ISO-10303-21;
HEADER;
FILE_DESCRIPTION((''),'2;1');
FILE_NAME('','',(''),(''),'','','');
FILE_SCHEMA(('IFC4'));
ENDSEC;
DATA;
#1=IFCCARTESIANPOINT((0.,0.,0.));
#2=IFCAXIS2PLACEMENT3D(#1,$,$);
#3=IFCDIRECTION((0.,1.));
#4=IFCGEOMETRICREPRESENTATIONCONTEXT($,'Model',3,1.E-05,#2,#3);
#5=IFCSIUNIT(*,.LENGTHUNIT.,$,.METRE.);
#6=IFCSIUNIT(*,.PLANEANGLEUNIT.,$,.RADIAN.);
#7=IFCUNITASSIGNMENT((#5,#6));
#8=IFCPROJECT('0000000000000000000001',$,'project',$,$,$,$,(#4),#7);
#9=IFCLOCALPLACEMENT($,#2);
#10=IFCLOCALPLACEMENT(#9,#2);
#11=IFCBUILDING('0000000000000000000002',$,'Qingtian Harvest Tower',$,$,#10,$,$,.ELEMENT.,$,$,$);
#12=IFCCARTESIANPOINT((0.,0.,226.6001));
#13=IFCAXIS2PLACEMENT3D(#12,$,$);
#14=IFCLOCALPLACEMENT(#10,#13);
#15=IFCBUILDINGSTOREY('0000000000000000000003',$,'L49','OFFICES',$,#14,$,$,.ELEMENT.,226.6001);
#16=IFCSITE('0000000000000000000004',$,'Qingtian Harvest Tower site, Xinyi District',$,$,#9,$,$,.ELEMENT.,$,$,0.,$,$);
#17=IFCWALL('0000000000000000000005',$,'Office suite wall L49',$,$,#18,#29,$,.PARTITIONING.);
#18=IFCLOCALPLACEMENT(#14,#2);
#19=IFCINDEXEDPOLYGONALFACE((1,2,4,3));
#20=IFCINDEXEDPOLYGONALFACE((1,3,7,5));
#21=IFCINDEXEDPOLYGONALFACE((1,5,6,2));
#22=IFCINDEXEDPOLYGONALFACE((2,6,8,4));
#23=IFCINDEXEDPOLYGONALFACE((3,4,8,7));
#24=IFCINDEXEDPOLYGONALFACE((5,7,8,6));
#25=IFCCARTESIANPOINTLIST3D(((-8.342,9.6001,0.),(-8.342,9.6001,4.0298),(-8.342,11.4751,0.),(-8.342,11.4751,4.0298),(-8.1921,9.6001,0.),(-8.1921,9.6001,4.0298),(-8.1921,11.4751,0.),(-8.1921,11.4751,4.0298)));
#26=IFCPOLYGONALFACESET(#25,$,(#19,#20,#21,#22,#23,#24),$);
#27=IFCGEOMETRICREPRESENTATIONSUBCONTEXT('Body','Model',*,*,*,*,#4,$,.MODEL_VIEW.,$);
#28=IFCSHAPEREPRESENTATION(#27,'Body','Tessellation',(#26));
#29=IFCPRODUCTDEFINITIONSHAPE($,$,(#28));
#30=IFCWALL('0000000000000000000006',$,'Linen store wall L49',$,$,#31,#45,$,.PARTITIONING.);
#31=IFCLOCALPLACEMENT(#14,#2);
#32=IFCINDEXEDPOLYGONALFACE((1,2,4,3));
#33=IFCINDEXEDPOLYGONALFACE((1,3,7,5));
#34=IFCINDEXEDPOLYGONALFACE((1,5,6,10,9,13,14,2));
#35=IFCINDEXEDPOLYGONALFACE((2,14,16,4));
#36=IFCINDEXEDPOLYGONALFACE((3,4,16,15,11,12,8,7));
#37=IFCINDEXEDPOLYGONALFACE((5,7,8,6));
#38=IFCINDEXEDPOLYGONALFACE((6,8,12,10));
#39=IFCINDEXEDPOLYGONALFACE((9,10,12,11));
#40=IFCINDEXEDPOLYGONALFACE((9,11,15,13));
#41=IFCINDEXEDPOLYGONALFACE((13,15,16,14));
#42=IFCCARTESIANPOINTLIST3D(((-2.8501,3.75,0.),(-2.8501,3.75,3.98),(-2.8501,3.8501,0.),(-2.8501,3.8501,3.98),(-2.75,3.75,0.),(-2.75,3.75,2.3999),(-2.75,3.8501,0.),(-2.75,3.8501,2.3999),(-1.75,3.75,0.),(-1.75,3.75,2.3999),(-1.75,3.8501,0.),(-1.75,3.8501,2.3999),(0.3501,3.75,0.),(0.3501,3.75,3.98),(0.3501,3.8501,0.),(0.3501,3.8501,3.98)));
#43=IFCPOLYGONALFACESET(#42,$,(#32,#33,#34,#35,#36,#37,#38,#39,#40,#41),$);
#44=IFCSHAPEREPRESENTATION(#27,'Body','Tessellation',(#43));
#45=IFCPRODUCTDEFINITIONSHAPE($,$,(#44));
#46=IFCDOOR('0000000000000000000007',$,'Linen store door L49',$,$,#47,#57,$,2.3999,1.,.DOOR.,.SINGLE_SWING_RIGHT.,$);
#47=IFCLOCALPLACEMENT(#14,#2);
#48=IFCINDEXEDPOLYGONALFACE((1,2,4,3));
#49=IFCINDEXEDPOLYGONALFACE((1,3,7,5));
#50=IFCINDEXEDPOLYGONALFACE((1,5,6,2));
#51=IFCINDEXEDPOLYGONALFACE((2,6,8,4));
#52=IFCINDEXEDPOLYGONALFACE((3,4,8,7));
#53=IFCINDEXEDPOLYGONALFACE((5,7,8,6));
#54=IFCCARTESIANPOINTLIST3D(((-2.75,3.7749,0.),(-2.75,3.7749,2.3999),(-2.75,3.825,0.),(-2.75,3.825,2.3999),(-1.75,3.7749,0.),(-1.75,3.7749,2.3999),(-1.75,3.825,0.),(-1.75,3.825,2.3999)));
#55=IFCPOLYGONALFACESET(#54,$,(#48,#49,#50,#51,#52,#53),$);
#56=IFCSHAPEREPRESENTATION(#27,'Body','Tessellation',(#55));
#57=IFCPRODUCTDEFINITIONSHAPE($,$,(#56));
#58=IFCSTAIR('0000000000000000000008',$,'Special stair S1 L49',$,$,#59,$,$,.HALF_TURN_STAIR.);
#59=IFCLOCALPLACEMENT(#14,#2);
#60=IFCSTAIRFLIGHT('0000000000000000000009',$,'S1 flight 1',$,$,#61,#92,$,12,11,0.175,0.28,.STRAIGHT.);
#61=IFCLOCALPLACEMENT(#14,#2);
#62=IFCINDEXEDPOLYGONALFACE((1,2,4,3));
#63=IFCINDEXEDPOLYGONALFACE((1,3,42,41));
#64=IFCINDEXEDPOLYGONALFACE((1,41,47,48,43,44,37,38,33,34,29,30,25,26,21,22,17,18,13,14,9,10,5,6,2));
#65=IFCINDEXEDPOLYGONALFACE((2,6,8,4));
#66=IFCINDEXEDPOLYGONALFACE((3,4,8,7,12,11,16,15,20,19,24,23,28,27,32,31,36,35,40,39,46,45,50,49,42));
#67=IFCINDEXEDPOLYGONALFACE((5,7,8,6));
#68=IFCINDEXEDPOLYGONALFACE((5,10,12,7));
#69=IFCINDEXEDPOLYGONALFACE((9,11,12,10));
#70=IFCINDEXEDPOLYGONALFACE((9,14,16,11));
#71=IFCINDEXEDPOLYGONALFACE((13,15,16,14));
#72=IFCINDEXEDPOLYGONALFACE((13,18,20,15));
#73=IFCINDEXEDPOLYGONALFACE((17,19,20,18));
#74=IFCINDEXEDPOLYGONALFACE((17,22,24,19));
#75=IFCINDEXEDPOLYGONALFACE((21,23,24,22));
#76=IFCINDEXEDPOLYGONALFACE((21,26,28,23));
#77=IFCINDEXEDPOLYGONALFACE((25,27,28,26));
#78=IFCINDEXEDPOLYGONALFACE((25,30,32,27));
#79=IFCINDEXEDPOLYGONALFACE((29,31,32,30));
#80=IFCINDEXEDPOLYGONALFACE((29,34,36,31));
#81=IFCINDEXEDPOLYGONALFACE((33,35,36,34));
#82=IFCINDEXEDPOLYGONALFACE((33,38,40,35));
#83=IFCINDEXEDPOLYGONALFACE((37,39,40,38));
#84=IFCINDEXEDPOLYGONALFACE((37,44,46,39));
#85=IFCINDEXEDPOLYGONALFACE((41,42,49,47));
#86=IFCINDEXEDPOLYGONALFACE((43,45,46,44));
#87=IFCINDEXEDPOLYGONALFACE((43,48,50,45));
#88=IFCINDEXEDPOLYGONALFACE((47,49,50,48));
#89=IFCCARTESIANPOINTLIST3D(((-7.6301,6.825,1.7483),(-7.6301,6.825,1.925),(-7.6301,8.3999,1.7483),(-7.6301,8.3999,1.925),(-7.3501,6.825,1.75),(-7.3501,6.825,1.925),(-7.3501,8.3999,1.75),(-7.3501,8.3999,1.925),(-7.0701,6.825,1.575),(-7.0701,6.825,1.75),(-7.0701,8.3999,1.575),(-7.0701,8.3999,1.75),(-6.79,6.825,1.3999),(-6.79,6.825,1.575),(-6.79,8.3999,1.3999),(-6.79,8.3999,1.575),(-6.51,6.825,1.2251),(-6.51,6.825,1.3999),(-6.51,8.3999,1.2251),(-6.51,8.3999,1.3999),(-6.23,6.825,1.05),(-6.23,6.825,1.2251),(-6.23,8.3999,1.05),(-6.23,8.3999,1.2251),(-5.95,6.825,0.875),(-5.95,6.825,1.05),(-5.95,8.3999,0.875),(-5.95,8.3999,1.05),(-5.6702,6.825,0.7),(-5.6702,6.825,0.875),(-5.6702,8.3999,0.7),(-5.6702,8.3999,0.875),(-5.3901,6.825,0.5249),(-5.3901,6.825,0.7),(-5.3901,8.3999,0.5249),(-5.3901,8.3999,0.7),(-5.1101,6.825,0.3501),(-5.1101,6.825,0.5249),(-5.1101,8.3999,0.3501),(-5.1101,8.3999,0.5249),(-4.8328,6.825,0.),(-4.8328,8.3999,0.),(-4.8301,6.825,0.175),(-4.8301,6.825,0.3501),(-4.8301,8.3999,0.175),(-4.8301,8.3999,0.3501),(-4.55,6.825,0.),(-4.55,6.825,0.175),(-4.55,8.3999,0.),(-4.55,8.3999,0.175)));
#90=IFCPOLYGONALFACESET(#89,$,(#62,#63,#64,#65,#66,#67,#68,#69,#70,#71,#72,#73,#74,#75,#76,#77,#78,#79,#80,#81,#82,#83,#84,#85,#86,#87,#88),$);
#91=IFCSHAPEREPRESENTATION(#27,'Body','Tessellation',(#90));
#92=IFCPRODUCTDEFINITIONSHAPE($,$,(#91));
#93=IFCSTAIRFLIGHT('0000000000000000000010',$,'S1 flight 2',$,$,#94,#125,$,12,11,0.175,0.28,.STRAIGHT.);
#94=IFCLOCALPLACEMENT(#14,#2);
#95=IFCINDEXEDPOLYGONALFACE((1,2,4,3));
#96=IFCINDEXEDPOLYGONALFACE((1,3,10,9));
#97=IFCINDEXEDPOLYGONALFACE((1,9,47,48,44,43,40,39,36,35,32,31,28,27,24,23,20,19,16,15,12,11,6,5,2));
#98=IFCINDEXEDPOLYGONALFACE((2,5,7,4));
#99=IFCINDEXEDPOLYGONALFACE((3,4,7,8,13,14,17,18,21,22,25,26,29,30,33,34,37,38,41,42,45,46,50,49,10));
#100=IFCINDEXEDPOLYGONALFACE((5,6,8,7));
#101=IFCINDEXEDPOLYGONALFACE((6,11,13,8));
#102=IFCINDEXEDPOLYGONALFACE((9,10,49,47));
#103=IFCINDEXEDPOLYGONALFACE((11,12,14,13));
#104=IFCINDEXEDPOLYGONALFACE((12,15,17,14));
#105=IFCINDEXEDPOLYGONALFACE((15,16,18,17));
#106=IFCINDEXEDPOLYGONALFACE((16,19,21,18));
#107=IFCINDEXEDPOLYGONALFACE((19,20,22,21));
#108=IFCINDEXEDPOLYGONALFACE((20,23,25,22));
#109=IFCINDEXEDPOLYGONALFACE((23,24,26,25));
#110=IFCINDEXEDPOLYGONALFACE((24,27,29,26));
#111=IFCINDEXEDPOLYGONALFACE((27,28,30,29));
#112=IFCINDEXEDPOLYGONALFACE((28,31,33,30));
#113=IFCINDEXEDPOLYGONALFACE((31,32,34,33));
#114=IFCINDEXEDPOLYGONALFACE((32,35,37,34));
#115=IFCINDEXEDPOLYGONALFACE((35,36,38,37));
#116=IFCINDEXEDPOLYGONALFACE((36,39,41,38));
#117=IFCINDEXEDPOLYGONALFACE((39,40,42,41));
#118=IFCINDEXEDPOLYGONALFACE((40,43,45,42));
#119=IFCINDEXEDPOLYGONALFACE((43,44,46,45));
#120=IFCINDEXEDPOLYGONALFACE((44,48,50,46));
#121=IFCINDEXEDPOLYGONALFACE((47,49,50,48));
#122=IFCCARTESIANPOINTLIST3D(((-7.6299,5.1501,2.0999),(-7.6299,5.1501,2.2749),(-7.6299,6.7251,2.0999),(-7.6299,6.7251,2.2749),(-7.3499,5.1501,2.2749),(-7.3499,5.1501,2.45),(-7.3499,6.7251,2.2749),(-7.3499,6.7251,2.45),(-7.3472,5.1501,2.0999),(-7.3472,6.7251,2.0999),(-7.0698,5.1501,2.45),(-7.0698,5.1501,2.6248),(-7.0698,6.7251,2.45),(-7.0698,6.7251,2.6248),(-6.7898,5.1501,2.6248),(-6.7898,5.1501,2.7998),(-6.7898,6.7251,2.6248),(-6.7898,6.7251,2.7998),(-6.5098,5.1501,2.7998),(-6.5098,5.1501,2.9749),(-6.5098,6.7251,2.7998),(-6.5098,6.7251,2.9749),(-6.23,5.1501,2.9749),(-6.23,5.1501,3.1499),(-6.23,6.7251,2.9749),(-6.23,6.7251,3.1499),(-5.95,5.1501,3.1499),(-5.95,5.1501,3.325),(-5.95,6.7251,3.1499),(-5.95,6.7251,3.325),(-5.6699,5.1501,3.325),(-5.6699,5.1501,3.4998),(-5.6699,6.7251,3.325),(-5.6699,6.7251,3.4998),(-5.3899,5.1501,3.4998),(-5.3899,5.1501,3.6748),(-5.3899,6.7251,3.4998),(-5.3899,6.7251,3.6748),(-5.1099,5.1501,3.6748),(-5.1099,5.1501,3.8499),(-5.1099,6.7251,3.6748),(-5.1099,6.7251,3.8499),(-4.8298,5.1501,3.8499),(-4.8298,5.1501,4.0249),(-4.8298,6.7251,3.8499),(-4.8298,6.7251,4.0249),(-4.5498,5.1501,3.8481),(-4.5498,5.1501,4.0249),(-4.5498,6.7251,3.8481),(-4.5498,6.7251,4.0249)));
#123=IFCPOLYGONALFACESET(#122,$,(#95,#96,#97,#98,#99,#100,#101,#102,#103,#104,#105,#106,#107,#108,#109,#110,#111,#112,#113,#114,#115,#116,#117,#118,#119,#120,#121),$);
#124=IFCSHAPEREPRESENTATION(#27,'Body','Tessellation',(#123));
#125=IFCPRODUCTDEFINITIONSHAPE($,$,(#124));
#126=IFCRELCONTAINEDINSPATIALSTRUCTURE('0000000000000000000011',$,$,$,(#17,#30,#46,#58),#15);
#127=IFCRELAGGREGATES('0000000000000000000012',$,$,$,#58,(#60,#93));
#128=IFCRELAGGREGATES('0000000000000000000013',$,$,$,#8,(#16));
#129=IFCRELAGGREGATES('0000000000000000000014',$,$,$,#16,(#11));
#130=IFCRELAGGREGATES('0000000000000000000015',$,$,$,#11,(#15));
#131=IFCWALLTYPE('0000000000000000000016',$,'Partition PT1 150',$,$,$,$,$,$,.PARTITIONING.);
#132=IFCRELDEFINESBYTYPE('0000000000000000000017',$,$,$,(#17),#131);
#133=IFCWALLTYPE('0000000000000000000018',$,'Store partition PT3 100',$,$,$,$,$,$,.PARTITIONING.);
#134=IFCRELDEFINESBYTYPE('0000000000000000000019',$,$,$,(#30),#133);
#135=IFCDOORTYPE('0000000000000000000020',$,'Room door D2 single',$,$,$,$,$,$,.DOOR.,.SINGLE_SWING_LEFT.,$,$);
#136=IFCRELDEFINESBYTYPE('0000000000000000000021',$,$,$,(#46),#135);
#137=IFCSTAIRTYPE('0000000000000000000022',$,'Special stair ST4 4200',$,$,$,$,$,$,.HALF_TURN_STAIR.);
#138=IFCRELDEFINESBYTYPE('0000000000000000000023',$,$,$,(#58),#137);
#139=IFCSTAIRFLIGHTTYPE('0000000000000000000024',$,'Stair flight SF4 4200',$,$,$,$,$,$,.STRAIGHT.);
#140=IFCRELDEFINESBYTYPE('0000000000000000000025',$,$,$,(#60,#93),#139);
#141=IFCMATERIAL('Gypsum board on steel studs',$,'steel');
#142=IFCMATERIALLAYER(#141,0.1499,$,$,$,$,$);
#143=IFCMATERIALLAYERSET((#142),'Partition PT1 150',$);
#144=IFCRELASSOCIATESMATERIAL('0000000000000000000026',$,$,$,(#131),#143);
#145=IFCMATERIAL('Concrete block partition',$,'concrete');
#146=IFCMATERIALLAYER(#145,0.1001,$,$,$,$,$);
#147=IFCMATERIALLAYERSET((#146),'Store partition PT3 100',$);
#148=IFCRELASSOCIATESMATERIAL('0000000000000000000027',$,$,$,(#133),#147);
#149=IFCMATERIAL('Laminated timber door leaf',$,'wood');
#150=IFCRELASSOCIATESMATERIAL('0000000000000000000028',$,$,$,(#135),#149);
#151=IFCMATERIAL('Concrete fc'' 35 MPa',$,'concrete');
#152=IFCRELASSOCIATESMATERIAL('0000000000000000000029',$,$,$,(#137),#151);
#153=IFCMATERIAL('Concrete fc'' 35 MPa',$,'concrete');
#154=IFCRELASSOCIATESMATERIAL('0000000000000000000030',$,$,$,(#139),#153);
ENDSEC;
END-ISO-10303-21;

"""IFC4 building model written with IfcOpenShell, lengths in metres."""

from ifc_helpers import new_model, si_unit, direction, frame, frame_2d, origin, place, context, subcontext, project, spatial, polyline, rectangle, outline, extrude, material, layer, layer_set, type_object, element, fill, aggregate, save


model = new_model("IFC4")

# Units and contexts
model_context = context("Model", 3, precision=1e-05, world=origin(), true_north=direction((0.0, 1.0)))
body_context = subcontext(model_context, "Body", "Model", "MODEL_VIEW")
ifc_project = project(units=[si_unit("LENGTHUNIT", "METRE"), si_unit("PLANEANGLEUNIT", "RADIAN")], contexts=[model_context])

# Site, building, storey
site_placement = place(None, origin())
site = spatial("IfcSite", under=ifc_project, at=site_placement, Name="Qingtian Harvest Tower site, Xinyi District", CompositionType="ELEMENT", RefElevation=0.0)
building_placement = place(site_placement, origin())
building = spatial("IfcBuilding", under=site, at=building_placement, Name="Qingtian Harvest Tower", CompositionType="ELEMENT")
storey_placement = place(building_placement, frame((0.0, 0.0, 226.6001)))
storey = spatial("IfcBuildingStorey", under=building, at=storey_placement, Name="L49", Description="OFFICES", CompositionType="ELEMENT", Elevation=226.6001)

# Wall
ifc_material_1 = material(Name="Gypsum board on steel studs", Category="steel")
ifc_layer_1 = layer(ifc_material_1, 0.1499)
ifc_layer_set_1 = layer_set([ifc_layer_1], Name="Partition PT1 150")
wall_type_1 = type_object("IfcWallType", Name="Partition PT1 150", PredefinedType="PARTITIONING", material=ifc_layer_set_1)
wall_1_placement = place(storey_placement, frame((-8.2671, 9.6001, 0.0), z_axis=(0.0, 0.0, 1.0), x_axis=(0.0, 1.0, 0.0)))
element("IfcWall", 1, at=wall_1_placement, inside=storey, type_object=wall_type_1, Name="Office suite wall L49", PredefinedType="PARTITIONING", context=body_context, shape_type="SweptSolid", body=[
    extrude(rectangle(XDim=1.875, YDim=0.1499, at=frame_2d((0.9375, 0.0))), origin(), (0.0, 0.0, 1.0), 4.0298),
])

# Wall, opening, door
ifc_material_2 = material(Name="Concrete block partition", Category="concrete")
ifc_layer_2 = layer(ifc_material_2, 0.1001)
ifc_layer_set_2 = layer_set([ifc_layer_2], Name="Store partition PT3 100")
wall_type_2 = type_object("IfcWallType", Name="Store partition PT3 100", PredefinedType="PARTITIONING", material=ifc_layer_set_2)
wall_2_placement = place(storey_placement, frame((-2.8501, 3.8, 0.0), z_axis=(0.0, 0.0, 1.0), x_axis=(1.0, 0.0, 0.0)))
wall_2 = element("IfcWall", 2, at=wall_2_placement, inside=storey, type_object=wall_type_2, Name="Linen store wall L49", PredefinedType="PARTITIONING", context=body_context, shape_type="SweptSolid", body=[
    extrude(rectangle(XDim=3.2002, YDim=0.1001, at=frame_2d((1.6001, 0.0))), origin(), (0.0, 0.0, 1.0), 3.98),
])
opening_1_placement = place(wall_2_placement, frame((0.1001, 0.0, 0.0)))
opening_1 = element("IfcOpeningElement", 3, at=opening_1_placement, cuts=wall_2, PredefinedType="OPENING", context=body_context, shape_type="SweptSolid", body=[
    extrude(rectangle(XDim=1.0, YDim=2.3999, at=frame_2d((0.5, 1.2))), frame((0.0, 0.0601, 0.0), z_axis=(0.0, -1.0, 0.0), x_axis=(1.0, 0.0, 0.0)), (0.0, 0.0, 1.0), 0.1201),
])
ifc_material_3 = material(Name="Laminated timber door leaf", Category="wood")
door_type_1 = type_object("IfcDoorType", Name="Room door D2 single", OperationType="SINGLE_SWING_LEFT", PredefinedType="DOOR", material=ifc_material_3)
door_1_placement = place(opening_1_placement, origin())
door_1 = element("IfcDoor", 4, at=door_1_placement, inside=storey, type_object=door_type_1, Name="Linen store door L49", OperationType="SINGLE_SWING_RIGHT", OverallHeight=2.3999, OverallWidth=1.0, PredefinedType="DOOR", context=body_context, shape_type="SweptSolid", body=[
    extrude(rectangle(XDim=1.0, YDim=2.3999, at=frame_2d((0.5, 1.2))), frame((0.0, 0.0249, 0.0), z_axis=(0.0, -1.0, 0.0), x_axis=(1.0, 0.0, 0.0)), (0.0, 0.0, 1.0), 0.05),
])
fill(opening_1, door_1)

# Stair, stair flights
ifc_material_4 = material(Name="Concrete fc' 35 MPa", Category="concrete")
stair_type = type_object("IfcStairType", Name="Special stair ST4 4200", PredefinedType="HALF_TURN_STAIR", material=ifc_material_4)
stair_placement = place(storey_placement, origin())
stair = element("IfcStair", 5, at=stair_placement, inside=storey, type_object=stair_type, Name="Special stair S1 L49", PredefinedType="HALF_TURN_STAIR")
ifc_material_5 = material(Name="Concrete fc' 35 MPa", Category="concrete")
stair_flight_type = type_object("IfcStairFlightType", Name="Stair flight SF4 4200", PredefinedType="STRAIGHT", material=ifc_material_5)
stair_flight_1_placement = place(storey_placement, frame((-4.55, 7.6125, 0.0), z_axis=(0.0, 0.0, 1.0), x_axis=(-1.0, 0.0, 0.0)))
stair_flight_1 = element("IfcStairFlight", 6, at=stair_flight_1_placement, type_object=stair_flight_type, Name="S1 flight 1", NumberOfRisers=12, NumberOfTreads=11, PredefinedType="STRAIGHT", RiserHeight=0.175, TreadLength=0.28, context=body_context, shape_type="SweptSolid", body=[
    extrude(outline(polyline([(0.0, 0.0), (0.0, 0.175), (0.28, 0.175), (0.28, 0.3501), (0.5601, 0.3501), (0.5601, 0.5249), (0.8401, 0.5249), (0.8401, 0.7), (1.1201, 0.7), (1.1201, 0.875), (1.3999, 0.875), (1.3999, 1.05), (1.6799, 1.05), (1.6799, 1.2251), (1.96, 1.2251), (1.96, 1.3999), (2.24, 1.3999), (2.24, 1.575), (2.52, 1.575), (2.52, 1.75), (2.8, 1.75), (2.8, 1.925), (3.0801, 1.925), (3.0801, 2.1001), (3.0801, 1.7483), (0.2827, 0.0), (0.0, 0.0)])), frame((0.0, 0.7876, 0.0), z_axis=(0.0, -1.0, 0.0), x_axis=(1.0, 0.0, 0.0)), (0.0, 0.0, 1.0), 1.575),
])
stair_flight_2_placement = place(storey_placement, frame((-7.6299, 5.9375, 2.0999), z_axis=(0.0, 0.0, 1.0), x_axis=(1.0, 0.0, 0.0)))
stair_flight_2 = element("IfcStairFlight", 7, at=stair_flight_2_placement, type_object=stair_flight_type, Name="S1 flight 2", NumberOfRisers=12, NumberOfTreads=11, PredefinedType="STRAIGHT", RiserHeight=0.175, TreadLength=0.28, context=body_context, shape_type="SweptSolid", body=[
    extrude(outline(polyline([(0.0, 0.0), (0.0, 0.175), (0.28, 0.175), (0.28, 0.3501), (0.5601, 0.3501), (0.5601, 0.5249), (0.8401, 0.5249), (0.8401, 0.7), (1.1201, 0.7), (1.1201, 0.875), (1.3999, 0.875), (1.3999, 1.05), (1.6799, 1.05), (1.6799, 1.2251), (1.96, 1.2251), (1.96, 1.3999), (2.24, 1.3999), (2.24, 1.575), (2.52, 1.575), (2.52, 1.75), (2.8, 1.75), (2.8, 1.925), (3.0801, 1.925), (3.0801, 2.1001), (3.0801, 1.7483), (0.2827, 0.0), (0.0, 0.0)])), frame((0.0, 0.7876, 0.0), z_axis=(0.0, -1.0, 0.0), x_axis=(1.0, 0.0, 0.0)), (0.0, 0.0, 1.0), 1.575),
])
aggregate(stair, [stair_flight_1, stair_flight_2])

save(model, "model.ifc")
